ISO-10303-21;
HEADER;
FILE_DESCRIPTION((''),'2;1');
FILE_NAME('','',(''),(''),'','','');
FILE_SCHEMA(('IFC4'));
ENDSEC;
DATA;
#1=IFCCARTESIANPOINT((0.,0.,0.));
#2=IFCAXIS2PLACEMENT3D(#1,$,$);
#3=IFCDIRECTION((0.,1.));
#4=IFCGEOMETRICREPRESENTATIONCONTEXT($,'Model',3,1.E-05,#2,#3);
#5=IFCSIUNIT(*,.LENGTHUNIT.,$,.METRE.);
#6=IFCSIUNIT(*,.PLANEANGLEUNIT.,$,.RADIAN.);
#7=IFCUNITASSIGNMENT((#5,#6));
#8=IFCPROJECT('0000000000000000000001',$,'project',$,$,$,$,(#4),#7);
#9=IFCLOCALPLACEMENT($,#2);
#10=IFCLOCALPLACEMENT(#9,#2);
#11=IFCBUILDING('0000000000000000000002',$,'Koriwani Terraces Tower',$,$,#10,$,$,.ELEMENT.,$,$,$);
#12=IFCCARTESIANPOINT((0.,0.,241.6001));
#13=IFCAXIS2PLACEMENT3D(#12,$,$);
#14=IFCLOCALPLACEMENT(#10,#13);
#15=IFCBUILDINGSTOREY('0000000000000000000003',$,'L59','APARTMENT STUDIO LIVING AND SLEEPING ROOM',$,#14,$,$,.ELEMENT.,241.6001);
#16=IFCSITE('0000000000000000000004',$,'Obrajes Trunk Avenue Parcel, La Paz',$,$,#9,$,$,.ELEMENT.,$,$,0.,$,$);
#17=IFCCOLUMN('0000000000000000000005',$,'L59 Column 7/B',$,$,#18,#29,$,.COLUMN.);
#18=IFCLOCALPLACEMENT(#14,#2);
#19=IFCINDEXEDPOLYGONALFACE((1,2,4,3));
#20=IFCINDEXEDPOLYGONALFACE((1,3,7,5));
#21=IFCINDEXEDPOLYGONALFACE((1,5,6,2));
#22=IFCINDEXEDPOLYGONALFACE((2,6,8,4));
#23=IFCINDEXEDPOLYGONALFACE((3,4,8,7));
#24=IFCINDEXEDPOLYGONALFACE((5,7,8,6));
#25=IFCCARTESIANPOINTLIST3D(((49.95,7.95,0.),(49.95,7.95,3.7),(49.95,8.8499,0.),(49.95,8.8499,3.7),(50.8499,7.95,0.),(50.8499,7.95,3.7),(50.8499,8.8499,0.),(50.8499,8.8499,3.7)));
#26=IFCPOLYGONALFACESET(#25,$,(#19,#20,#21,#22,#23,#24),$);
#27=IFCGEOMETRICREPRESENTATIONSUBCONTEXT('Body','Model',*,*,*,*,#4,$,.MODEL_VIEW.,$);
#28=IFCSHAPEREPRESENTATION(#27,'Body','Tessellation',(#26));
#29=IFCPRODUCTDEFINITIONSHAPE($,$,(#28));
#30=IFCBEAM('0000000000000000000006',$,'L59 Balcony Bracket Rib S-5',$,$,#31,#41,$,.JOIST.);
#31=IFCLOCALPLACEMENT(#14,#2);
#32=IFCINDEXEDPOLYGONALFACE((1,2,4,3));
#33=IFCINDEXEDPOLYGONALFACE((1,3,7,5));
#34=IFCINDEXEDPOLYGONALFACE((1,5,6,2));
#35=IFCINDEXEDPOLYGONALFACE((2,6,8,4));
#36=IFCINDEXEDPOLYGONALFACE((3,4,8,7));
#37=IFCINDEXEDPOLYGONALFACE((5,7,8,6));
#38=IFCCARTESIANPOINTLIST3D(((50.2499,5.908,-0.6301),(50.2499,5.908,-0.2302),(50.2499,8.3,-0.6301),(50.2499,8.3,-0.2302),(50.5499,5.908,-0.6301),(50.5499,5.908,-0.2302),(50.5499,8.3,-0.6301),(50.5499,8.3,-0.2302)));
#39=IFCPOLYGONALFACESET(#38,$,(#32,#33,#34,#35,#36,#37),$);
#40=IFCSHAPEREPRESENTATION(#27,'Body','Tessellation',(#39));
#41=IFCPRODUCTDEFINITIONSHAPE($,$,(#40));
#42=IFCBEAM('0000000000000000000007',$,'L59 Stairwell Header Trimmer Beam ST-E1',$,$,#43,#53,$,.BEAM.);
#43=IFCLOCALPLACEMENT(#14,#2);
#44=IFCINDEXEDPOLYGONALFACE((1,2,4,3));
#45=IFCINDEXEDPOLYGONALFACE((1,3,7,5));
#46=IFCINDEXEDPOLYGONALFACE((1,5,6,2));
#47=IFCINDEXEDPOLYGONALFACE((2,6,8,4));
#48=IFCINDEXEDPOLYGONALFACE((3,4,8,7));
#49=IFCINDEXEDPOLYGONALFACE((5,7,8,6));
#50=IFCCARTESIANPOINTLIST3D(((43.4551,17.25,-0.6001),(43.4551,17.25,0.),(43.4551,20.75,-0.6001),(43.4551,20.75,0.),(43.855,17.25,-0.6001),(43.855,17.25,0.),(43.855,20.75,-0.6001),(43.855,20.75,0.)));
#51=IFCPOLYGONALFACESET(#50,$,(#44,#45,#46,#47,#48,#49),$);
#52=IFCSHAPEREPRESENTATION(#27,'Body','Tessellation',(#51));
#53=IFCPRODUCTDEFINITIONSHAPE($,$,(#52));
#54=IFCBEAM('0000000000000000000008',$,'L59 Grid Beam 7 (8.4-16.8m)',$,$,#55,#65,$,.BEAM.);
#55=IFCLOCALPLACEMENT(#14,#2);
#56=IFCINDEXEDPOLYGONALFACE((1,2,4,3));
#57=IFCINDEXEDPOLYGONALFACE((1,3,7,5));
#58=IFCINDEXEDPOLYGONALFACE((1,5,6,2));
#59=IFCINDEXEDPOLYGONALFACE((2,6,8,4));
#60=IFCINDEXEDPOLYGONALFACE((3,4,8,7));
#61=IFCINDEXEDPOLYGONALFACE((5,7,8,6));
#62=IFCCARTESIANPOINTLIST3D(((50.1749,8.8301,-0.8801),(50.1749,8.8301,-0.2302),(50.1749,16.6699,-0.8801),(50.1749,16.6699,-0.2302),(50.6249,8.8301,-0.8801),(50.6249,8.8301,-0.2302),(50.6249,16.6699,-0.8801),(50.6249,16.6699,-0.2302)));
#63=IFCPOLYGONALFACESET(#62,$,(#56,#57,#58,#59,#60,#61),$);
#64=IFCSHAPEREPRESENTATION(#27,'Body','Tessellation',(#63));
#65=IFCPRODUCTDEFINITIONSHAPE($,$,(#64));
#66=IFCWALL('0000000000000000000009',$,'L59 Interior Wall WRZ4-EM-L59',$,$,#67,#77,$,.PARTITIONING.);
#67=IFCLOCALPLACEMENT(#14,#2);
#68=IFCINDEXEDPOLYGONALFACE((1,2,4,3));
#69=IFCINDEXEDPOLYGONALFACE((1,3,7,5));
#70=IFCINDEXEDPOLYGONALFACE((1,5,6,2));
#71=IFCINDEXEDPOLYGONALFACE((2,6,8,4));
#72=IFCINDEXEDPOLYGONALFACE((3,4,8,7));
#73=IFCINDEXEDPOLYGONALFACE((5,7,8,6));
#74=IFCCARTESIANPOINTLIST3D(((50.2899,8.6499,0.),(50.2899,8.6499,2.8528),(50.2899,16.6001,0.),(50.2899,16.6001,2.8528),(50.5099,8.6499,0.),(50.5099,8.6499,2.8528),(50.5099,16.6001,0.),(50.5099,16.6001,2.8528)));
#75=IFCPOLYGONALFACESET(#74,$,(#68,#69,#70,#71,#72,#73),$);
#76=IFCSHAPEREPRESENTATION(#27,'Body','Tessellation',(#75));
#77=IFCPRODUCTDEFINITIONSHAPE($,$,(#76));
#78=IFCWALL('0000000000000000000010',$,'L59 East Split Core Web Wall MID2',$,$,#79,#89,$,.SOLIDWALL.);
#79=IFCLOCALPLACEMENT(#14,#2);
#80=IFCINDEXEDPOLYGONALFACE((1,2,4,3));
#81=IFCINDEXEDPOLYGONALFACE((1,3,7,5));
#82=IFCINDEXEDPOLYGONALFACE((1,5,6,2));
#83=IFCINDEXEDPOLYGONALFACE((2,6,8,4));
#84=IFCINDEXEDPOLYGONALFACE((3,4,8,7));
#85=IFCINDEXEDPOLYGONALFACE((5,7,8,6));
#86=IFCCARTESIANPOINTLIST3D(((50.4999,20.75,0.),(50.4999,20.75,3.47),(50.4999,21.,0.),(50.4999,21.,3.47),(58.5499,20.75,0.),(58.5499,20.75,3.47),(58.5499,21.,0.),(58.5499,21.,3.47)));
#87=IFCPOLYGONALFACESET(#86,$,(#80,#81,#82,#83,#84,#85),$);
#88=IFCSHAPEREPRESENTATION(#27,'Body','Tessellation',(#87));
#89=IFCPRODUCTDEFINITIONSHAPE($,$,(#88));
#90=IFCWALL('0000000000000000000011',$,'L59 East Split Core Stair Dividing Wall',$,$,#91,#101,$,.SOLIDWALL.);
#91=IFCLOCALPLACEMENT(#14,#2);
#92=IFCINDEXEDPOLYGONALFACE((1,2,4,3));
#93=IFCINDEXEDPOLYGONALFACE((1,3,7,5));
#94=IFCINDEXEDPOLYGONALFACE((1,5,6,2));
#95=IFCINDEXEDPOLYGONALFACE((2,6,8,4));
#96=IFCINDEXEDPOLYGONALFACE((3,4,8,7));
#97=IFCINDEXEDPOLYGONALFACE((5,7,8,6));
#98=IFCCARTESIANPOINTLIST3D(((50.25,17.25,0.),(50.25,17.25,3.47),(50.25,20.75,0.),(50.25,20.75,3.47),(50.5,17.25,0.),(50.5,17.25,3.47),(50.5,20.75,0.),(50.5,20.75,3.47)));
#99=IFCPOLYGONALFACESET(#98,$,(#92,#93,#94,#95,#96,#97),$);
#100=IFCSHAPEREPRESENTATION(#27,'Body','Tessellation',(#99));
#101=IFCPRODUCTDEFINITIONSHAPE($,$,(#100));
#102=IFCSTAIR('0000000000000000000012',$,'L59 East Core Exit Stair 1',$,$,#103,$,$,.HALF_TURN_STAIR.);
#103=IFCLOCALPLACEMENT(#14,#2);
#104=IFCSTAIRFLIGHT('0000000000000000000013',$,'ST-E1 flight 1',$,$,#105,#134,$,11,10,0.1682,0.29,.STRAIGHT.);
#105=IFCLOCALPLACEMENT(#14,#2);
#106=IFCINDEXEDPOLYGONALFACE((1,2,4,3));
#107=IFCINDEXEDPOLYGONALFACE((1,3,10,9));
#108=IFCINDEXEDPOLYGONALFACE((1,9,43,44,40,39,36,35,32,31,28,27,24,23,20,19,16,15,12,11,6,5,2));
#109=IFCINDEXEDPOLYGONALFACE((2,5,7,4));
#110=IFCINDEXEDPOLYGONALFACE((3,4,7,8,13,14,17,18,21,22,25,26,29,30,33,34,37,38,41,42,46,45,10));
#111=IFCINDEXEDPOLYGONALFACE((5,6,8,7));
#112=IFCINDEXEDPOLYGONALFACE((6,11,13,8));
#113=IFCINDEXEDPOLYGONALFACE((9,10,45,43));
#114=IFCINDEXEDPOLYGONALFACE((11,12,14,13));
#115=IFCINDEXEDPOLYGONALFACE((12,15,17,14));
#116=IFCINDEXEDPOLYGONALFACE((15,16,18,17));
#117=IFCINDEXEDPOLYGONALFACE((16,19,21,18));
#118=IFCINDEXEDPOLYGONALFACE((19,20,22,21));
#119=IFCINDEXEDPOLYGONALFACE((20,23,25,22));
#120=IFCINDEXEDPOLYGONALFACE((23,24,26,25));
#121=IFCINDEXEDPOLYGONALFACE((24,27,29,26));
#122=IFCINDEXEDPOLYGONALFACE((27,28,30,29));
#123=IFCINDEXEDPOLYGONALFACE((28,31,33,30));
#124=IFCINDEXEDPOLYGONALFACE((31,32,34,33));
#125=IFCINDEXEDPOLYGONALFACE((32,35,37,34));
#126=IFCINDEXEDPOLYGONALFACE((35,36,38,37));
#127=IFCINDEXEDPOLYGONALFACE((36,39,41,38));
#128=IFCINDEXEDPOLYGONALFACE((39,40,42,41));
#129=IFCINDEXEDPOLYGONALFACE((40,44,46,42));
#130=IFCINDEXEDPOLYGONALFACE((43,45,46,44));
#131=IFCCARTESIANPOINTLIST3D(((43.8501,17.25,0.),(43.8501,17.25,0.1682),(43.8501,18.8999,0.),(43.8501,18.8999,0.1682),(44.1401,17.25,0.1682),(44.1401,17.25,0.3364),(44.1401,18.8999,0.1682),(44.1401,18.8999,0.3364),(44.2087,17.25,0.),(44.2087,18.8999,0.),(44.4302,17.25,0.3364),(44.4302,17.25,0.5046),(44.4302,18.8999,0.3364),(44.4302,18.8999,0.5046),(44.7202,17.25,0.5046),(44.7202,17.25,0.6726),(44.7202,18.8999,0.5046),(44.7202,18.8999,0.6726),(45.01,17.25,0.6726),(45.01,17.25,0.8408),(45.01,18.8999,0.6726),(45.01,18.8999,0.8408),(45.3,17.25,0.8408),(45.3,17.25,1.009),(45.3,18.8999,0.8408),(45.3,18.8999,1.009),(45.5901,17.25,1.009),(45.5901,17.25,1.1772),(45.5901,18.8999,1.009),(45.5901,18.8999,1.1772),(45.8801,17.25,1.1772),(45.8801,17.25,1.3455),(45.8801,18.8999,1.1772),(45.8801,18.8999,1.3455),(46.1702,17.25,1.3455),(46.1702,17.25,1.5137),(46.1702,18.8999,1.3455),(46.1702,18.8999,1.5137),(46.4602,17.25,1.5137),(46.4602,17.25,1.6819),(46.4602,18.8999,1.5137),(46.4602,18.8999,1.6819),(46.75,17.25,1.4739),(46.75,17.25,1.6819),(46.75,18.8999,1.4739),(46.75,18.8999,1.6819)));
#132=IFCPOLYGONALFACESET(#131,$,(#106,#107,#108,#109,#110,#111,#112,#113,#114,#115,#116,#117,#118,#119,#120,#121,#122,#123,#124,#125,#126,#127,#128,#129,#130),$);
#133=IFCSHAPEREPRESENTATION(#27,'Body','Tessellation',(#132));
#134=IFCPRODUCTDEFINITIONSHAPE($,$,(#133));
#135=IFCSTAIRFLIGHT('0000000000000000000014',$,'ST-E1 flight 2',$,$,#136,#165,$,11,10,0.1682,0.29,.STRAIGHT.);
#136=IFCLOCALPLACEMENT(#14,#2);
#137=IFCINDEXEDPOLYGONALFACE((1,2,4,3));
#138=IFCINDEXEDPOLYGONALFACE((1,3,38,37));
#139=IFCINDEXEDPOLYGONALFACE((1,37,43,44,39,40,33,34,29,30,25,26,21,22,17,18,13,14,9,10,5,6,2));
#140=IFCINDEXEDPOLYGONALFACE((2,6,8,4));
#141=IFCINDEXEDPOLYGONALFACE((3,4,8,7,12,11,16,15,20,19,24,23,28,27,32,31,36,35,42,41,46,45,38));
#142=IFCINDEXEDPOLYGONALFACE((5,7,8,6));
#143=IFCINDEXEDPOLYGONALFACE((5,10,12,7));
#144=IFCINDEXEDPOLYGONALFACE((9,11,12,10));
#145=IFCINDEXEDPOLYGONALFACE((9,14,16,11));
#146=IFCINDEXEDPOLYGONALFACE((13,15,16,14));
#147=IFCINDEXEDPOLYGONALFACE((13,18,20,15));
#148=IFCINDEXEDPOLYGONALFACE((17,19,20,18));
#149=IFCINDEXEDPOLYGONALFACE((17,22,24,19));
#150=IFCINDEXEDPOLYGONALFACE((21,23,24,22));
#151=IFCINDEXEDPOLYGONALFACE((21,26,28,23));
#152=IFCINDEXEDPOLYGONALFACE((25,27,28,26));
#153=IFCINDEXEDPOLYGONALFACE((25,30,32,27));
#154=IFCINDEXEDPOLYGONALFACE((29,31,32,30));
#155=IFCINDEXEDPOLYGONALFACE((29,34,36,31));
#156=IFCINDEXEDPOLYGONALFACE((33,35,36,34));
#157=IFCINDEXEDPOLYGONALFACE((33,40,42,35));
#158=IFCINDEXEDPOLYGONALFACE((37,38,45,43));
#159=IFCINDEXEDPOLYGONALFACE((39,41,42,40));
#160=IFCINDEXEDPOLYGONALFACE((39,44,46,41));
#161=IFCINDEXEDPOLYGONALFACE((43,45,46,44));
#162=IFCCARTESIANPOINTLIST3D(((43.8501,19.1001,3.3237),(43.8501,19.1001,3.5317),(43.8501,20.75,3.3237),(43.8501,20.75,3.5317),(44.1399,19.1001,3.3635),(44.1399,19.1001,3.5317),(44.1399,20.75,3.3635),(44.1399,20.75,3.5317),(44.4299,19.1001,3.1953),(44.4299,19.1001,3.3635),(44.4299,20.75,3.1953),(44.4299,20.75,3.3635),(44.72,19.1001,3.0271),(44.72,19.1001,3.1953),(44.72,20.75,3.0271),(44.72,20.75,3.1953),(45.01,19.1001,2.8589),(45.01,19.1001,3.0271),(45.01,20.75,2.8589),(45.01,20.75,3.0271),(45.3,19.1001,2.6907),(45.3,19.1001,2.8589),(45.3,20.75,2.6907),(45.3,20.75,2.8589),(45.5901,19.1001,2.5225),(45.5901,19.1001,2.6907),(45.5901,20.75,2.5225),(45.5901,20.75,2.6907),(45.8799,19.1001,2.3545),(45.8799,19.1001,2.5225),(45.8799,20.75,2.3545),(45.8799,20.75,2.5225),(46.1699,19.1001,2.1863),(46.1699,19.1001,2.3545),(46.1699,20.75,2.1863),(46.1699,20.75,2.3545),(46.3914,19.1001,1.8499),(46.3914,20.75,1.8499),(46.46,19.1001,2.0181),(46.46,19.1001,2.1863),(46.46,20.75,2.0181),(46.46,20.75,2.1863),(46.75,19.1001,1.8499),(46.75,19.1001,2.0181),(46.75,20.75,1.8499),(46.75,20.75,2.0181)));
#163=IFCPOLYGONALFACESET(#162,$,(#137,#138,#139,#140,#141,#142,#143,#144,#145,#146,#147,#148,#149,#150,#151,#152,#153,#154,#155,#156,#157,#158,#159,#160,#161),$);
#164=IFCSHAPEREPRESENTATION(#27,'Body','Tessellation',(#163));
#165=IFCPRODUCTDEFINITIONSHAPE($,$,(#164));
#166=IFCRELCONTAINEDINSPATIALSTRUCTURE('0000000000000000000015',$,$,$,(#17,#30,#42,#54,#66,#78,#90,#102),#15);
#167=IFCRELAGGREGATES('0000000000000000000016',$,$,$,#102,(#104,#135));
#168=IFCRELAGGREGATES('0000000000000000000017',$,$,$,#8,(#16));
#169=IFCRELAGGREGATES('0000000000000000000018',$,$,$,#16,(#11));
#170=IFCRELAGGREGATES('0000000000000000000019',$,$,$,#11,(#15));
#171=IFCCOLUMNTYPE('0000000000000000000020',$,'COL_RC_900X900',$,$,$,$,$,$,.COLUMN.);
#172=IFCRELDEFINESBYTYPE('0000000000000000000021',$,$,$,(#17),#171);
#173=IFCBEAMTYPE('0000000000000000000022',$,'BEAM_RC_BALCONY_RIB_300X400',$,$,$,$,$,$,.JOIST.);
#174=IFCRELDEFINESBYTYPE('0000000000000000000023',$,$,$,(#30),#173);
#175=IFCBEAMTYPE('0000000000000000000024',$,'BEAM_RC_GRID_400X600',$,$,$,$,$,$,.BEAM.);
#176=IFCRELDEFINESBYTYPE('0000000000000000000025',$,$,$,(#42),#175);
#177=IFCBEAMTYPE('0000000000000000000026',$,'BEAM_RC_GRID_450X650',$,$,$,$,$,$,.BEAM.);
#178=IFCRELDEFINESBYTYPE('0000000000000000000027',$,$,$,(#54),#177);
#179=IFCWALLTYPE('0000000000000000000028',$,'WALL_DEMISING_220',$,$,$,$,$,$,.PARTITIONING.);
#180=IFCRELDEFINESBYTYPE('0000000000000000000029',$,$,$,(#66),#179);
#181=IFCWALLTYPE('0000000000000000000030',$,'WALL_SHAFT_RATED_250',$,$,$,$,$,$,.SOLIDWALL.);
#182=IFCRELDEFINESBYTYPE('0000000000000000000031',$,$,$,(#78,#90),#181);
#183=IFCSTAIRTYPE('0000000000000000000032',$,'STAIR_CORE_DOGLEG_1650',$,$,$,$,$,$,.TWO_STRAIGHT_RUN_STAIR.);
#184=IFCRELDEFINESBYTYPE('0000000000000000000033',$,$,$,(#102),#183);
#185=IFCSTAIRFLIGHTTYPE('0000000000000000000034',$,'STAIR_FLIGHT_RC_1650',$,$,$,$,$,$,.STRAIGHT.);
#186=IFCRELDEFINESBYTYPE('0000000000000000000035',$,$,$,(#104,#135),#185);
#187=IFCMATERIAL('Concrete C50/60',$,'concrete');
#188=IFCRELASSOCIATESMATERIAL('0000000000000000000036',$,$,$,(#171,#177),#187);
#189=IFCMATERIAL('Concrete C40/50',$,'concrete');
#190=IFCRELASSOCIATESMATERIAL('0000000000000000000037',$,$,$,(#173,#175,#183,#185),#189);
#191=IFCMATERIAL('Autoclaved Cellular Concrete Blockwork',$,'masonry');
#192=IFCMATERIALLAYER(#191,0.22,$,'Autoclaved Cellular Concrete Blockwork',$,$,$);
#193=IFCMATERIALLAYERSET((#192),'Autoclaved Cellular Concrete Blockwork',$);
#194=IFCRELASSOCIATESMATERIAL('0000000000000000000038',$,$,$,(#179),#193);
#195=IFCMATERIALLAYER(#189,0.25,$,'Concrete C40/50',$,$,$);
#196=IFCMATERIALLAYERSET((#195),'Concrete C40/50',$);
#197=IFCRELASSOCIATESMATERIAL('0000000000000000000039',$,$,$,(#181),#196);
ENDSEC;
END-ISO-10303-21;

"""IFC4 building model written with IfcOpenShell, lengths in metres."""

from ifc_helpers import new_model, si_unit, direction, frame, frame_2d, origin, origin_2d, place, context, subcontext, project, spatial, polyline, rectangle, outline, extrude, material, layer, layer_set, material_profile, profile_set, type_object, element, aggregate, save


model = new_model("IFC4")

# Units and contexts
model_context = context("Model", 3, precision=1e-05, world=origin(), true_north=direction((0.0, 1.0)))
body_context = subcontext(model_context, "Body", "Model", "MODEL_VIEW")
ifc_project = project(units=[si_unit("LENGTHUNIT", "METRE"), si_unit("PLANEANGLEUNIT", "RADIAN")], contexts=[model_context])

# Site, building, storey
site_placement = place(None, origin())
site = spatial("IfcSite", under=ifc_project, at=site_placement, Name="Obrajes Trunk Avenue Parcel, La Paz", CompositionType="ELEMENT", RefElevation=0.0)
building_placement = place(site_placement, origin())
building = spatial("IfcBuilding", under=site, at=building_placement, Name="Koriwani Terraces Tower", CompositionType="ELEMENT")
storey_placement = place(building_placement, frame((0.0, 0.0, 241.6001)))
storey = spatial("IfcBuildingStorey", under=building, at=storey_placement, Name="L59", Description="APARTMENT STUDIO LIVING AND SLEEPING ROOM", CompositionType="ELEMENT", Elevation=241.6001)

# Column
ifc_material_1 = material(Name="Concrete C50/60", Category="concrete")
ifc_material_profile_1 = material_profile(ifc_material_1, rectangle(XDim=0.8999, YDim=0.8999, at=origin_2d()), Name="Concrete C50/60", Category="LoadBearing")
ifc_profile_set_1 = profile_set([ifc_material_profile_1], Name="Concrete C50/60")
column_type = type_object("IfcColumnType", Name="COL_RC_900X900", PredefinedType="COLUMN", material=ifc_profile_set_1)
column_placement = place(storey_placement, frame((50.3999, 8.3999, 0.0), z_axis=(0.0, 0.0, 1.0), x_axis=(1.0, 0.0, 0.0)))
element("IfcColumn", 1, at=column_placement, inside=storey, type_object=column_type, Name="L59 Column 7/B", PredefinedType="COLUMN", context=body_context, shape_type="SweptSolid", body=[
    extrude(rectangle(XDim=0.8999, YDim=0.8999, at=origin_2d()), origin(), (0.0, 0.0, 1.0), 3.7),
])

# Beams
ifc_material_2 = material(Name="Concrete C40/50", Category="concrete")
ifc_material_profile_2 = material_profile(ifc_material_2, rectangle(XDim=0.3, YDim=0.3999, at=origin_2d()), Name="Concrete C40/50", Category="LoadBearing")
ifc_profile_set_2 = profile_set([ifc_material_profile_2], Name="Concrete C40/50")
beam_type_1 = type_object("IfcBeamType", Name="BEAM_RC_BALCONY_RIB_300X400", PredefinedType="JOIST", material=ifc_profile_set_2)
beam_1_placement = place(storey_placement, frame((50.3999, 5.908, -0.4302), z_axis=(0.0, 1.0, 0.0), x_axis=(-1.0, 0.0, 0.0)))
element("IfcBeam", 2, at=beam_1_placement, inside=storey, type_object=beam_type_1, Name="L59 Balcony Bracket Rib S-5", PredefinedType="JOIST", context=body_context, shape_type="SweptSolid", body=[
    extrude(rectangle(XDim=0.3, YDim=0.3999, at=origin_2d()), origin(), (0.0, 0.0, 1.0), 2.3921),
])
ifc_material_profile_3 = material_profile(ifc_material_2, rectangle(XDim=0.3999, YDim=0.6001, at=origin_2d()), Name="Concrete C40/50", Category="LoadBearing")
ifc_profile_set_3 = profile_set([ifc_material_profile_3], Name="Concrete C40/50")
beam_type_2 = type_object("IfcBeamType", Name="BEAM_RC_GRID_400X600", PredefinedType="BEAM", material=ifc_profile_set_3)
beam_2_placement = place(storey_placement, frame((43.655, 17.25, -0.3), z_axis=(0.0, 1.0, 0.0), x_axis=(-1.0, 0.0, 0.0)))
element("IfcBeam", 3, at=beam_2_placement, inside=storey, type_object=beam_type_2, Name="L59 Stairwell Header Trimmer Beam ST-E1", PredefinedType="BEAM", context=body_context, shape_type="SweptSolid", body=[
    extrude(rectangle(XDim=0.3999, YDim=0.6001, at=origin_2d()), origin(), (0.0, 0.0, 1.0), 3.5),
])
ifc_material_profile_4 = material_profile(ifc_material_1, rectangle(XDim=0.45, YDim=0.6499, at=origin_2d()), Name="Concrete C50/60", Category="LoadBearing")
ifc_profile_set_4 = profile_set([ifc_material_profile_4], Name="Concrete C50/60")
beam_type_3 = type_object("IfcBeamType", Name="BEAM_RC_GRID_450X650", PredefinedType="BEAM", material=ifc_profile_set_4)
beam_3_placement = place(storey_placement, frame((50.3999, 8.8301, -0.5552), z_axis=(0.0, 1.0, 0.0), x_axis=(-1.0, 0.0, 0.0)))
element("IfcBeam", 4, at=beam_3_placement, inside=storey, type_object=beam_type_3, Name="L59 Grid Beam 7 (8.4-16.8m)", PredefinedType="BEAM", context=body_context, shape_type="SweptSolid", body=[
    extrude(rectangle(XDim=0.45, YDim=0.6499, at=origin_2d()), origin(), (0.0, 0.0, 1.0), 7.8398),
])

# Walls
ifc_material_3 = material(Name="Autoclaved Cellular Concrete Blockwork", Category="masonry")
ifc_layer_1 = layer(ifc_material_3, 0.22, Name="Autoclaved Cellular Concrete Blockwork")
ifc_layer_set_1 = layer_set([ifc_layer_1], Name="Autoclaved Cellular Concrete Blockwork")
wall_type_1 = type_object("IfcWallType", Name="WALL_DEMISING_220", PredefinedType="PARTITIONING", material=ifc_layer_set_1)
wall_1_placement = place(storey_placement, frame((50.3999, 8.6499, 0.0), z_axis=(0.0, 0.0, 1.0), x_axis=(0.0, 1.0, 0.0)))
element("IfcWall", 5, at=wall_1_placement, inside=storey, type_object=wall_type_1, Name="L59 Interior Wall WRZ4-EM-L59", PredefinedType="PARTITIONING", context=body_context, shape_type="SweptSolid", body=[
    extrude(rectangle(XDim=7.9502, YDim=0.22, at=frame_2d((3.9751, 0.0))), origin(), (0.0, 0.0, 1.0), 2.8528),
])
ifc_layer_2 = layer(ifc_material_2, 0.25, Name="Concrete C40/50")
ifc_layer_set_2 = layer_set([ifc_layer_2], Name="Concrete C40/50")
wall_type_2 = type_object("IfcWallType", Name="WALL_SHAFT_RATED_250", PredefinedType="SOLIDWALL", material=ifc_layer_set_2)
wall_2_placement = place(storey_placement, frame((50.5, 20.875, 0.0), z_axis=(0.0, 0.0, 1.0), x_axis=(1.0, 0.0, 0.0)))
element("IfcWall", 6, at=wall_2_placement, inside=storey, type_object=wall_type_2, Name="L59 East Split Core Web Wall MID2", PredefinedType="SOLIDWALL", context=body_context, shape_type="SweptSolid", body=[
    extrude(rectangle(XDim=8.05, YDim=0.25, at=frame_2d((4.0249, 0.0))), origin(), (0.0, 0.0, 1.0), 3.47),
])
wall_3_placement = place(storey_placement, frame((50.375, 17.25, 0.0), z_axis=(0.0, 0.0, 1.0), x_axis=(0.0, 1.0, 0.0)))
element("IfcWall", 7, at=wall_3_placement, inside=storey, type_object=wall_type_2, Name="L59 East Split Core Stair Dividing Wall", PredefinedType="SOLIDWALL", context=body_context, shape_type="SweptSolid", body=[
    extrude(rectangle(XDim=3.5, YDim=0.25, at=frame_2d((1.75, 0.0))), origin(), (0.0, 0.0, 1.0), 3.47),
])

# Stair, stair flights
stair_type = type_object("IfcStairType", Name="STAIR_CORE_DOGLEG_1650", PredefinedType="TWO_STRAIGHT_RUN_STAIR", material=ifc_material_2)
stair_placement = place(storey_placement, origin())
stair = element("IfcStair", 8, at=stair_placement, inside=storey, type_object=stair_type, Name="L59 East Core Exit Stair 1", PredefinedType="HALF_TURN_STAIR")
stair_flight_type = type_object("IfcStairFlightType", Name="STAIR_FLIGHT_RC_1650", PredefinedType="STRAIGHT", material=ifc_material_2)
stair_flight_1_placement = place(storey_placement, frame((43.8501, 18.075, 0.0), z_axis=(0.0, 0.0, 1.0), x_axis=(1.0, 0.0, 0.0)))
stair_flight_1 = element("IfcStairFlight", 9, at=stair_flight_1_placement, type_object=stair_flight_type, Name="ST-E1 flight 1", NumberOfRisers=11, NumberOfTreads=10, PredefinedType="STRAIGHT", RiserHeight=0.1682, TreadLength=0.29, context=body_context, shape_type="SweptSolid", body=[
    extrude(outline(polyline([(0.0, 0.0), (0.0, 0.1682), (0.29, 0.1682), (0.29, 0.3364), (0.5801, 0.3364), (0.5801, 0.5046), (0.8701, 0.5046), (0.8701, 0.6726), (1.1599, 0.6726), (1.1599, 0.8408), (1.45, 0.8408), (1.45, 1.009), (1.74, 1.009), (1.74, 1.1772), (2.03, 1.1772), (2.03, 1.3455), (2.3201, 1.3455), (2.3201, 1.5137), (2.6101, 1.5137), (2.6101, 1.6819), (2.8999, 1.6819), (2.8999, 1.8501), (2.8999, 1.4739), (0.3586, 0.0), (0.0, 0.0)])), frame((0.0, 0.825, 0.0), z_axis=(0.0, -1.0, 0.0), x_axis=(1.0, 0.0, 0.0)), (0.0, 0.0, 1.0), 1.6499),
])
stair_flight_2_placement = place(storey_placement, frame((46.75, 19.925, 1.8499), z_axis=(0.0, 0.0, 1.0), x_axis=(-1.0, 0.0, 0.0)))
stair_flight_2 = element("IfcStairFlight", 10, at=stair_flight_2_placement, type_object=stair_flight_type, Name="ST-E1 flight 2", NumberOfRisers=11, NumberOfTreads=10, PredefinedType="STRAIGHT", RiserHeight=0.1682, TreadLength=0.29, context=body_context, shape_type="SweptSolid", body=[
    extrude(outline(polyline([(0.0, 0.0), (0.0, 0.1682), (0.29, 0.1682), (0.29, 0.3364), (0.5801, 0.3364), (0.5801, 0.5046), (0.8701, 0.5046), (0.8701, 0.6726), (1.1599, 0.6726), (1.1599, 0.8408), (1.45, 0.8408), (1.45, 1.009), (1.74, 1.009), (1.74, 1.1772), (2.03, 1.1772), (2.03, 1.3455), (2.3201, 1.3455), (2.3201, 1.5137), (2.6101, 1.5137), (2.6101, 1.6819), (2.8999, 1.6819), (2.8999, 1.8501), (2.8999, 1.4739), (0.3586, 0.0), (0.0, 0.0)])), frame((0.0, 0.825, 0.0), z_axis=(0.0, -1.0, 0.0), x_axis=(1.0, 0.0, 0.0)), (0.0, 0.0, 1.0), 1.6499),
])
aggregate(stair, [stair_flight_1, stair_flight_2])

save(model, "model.ifc")
